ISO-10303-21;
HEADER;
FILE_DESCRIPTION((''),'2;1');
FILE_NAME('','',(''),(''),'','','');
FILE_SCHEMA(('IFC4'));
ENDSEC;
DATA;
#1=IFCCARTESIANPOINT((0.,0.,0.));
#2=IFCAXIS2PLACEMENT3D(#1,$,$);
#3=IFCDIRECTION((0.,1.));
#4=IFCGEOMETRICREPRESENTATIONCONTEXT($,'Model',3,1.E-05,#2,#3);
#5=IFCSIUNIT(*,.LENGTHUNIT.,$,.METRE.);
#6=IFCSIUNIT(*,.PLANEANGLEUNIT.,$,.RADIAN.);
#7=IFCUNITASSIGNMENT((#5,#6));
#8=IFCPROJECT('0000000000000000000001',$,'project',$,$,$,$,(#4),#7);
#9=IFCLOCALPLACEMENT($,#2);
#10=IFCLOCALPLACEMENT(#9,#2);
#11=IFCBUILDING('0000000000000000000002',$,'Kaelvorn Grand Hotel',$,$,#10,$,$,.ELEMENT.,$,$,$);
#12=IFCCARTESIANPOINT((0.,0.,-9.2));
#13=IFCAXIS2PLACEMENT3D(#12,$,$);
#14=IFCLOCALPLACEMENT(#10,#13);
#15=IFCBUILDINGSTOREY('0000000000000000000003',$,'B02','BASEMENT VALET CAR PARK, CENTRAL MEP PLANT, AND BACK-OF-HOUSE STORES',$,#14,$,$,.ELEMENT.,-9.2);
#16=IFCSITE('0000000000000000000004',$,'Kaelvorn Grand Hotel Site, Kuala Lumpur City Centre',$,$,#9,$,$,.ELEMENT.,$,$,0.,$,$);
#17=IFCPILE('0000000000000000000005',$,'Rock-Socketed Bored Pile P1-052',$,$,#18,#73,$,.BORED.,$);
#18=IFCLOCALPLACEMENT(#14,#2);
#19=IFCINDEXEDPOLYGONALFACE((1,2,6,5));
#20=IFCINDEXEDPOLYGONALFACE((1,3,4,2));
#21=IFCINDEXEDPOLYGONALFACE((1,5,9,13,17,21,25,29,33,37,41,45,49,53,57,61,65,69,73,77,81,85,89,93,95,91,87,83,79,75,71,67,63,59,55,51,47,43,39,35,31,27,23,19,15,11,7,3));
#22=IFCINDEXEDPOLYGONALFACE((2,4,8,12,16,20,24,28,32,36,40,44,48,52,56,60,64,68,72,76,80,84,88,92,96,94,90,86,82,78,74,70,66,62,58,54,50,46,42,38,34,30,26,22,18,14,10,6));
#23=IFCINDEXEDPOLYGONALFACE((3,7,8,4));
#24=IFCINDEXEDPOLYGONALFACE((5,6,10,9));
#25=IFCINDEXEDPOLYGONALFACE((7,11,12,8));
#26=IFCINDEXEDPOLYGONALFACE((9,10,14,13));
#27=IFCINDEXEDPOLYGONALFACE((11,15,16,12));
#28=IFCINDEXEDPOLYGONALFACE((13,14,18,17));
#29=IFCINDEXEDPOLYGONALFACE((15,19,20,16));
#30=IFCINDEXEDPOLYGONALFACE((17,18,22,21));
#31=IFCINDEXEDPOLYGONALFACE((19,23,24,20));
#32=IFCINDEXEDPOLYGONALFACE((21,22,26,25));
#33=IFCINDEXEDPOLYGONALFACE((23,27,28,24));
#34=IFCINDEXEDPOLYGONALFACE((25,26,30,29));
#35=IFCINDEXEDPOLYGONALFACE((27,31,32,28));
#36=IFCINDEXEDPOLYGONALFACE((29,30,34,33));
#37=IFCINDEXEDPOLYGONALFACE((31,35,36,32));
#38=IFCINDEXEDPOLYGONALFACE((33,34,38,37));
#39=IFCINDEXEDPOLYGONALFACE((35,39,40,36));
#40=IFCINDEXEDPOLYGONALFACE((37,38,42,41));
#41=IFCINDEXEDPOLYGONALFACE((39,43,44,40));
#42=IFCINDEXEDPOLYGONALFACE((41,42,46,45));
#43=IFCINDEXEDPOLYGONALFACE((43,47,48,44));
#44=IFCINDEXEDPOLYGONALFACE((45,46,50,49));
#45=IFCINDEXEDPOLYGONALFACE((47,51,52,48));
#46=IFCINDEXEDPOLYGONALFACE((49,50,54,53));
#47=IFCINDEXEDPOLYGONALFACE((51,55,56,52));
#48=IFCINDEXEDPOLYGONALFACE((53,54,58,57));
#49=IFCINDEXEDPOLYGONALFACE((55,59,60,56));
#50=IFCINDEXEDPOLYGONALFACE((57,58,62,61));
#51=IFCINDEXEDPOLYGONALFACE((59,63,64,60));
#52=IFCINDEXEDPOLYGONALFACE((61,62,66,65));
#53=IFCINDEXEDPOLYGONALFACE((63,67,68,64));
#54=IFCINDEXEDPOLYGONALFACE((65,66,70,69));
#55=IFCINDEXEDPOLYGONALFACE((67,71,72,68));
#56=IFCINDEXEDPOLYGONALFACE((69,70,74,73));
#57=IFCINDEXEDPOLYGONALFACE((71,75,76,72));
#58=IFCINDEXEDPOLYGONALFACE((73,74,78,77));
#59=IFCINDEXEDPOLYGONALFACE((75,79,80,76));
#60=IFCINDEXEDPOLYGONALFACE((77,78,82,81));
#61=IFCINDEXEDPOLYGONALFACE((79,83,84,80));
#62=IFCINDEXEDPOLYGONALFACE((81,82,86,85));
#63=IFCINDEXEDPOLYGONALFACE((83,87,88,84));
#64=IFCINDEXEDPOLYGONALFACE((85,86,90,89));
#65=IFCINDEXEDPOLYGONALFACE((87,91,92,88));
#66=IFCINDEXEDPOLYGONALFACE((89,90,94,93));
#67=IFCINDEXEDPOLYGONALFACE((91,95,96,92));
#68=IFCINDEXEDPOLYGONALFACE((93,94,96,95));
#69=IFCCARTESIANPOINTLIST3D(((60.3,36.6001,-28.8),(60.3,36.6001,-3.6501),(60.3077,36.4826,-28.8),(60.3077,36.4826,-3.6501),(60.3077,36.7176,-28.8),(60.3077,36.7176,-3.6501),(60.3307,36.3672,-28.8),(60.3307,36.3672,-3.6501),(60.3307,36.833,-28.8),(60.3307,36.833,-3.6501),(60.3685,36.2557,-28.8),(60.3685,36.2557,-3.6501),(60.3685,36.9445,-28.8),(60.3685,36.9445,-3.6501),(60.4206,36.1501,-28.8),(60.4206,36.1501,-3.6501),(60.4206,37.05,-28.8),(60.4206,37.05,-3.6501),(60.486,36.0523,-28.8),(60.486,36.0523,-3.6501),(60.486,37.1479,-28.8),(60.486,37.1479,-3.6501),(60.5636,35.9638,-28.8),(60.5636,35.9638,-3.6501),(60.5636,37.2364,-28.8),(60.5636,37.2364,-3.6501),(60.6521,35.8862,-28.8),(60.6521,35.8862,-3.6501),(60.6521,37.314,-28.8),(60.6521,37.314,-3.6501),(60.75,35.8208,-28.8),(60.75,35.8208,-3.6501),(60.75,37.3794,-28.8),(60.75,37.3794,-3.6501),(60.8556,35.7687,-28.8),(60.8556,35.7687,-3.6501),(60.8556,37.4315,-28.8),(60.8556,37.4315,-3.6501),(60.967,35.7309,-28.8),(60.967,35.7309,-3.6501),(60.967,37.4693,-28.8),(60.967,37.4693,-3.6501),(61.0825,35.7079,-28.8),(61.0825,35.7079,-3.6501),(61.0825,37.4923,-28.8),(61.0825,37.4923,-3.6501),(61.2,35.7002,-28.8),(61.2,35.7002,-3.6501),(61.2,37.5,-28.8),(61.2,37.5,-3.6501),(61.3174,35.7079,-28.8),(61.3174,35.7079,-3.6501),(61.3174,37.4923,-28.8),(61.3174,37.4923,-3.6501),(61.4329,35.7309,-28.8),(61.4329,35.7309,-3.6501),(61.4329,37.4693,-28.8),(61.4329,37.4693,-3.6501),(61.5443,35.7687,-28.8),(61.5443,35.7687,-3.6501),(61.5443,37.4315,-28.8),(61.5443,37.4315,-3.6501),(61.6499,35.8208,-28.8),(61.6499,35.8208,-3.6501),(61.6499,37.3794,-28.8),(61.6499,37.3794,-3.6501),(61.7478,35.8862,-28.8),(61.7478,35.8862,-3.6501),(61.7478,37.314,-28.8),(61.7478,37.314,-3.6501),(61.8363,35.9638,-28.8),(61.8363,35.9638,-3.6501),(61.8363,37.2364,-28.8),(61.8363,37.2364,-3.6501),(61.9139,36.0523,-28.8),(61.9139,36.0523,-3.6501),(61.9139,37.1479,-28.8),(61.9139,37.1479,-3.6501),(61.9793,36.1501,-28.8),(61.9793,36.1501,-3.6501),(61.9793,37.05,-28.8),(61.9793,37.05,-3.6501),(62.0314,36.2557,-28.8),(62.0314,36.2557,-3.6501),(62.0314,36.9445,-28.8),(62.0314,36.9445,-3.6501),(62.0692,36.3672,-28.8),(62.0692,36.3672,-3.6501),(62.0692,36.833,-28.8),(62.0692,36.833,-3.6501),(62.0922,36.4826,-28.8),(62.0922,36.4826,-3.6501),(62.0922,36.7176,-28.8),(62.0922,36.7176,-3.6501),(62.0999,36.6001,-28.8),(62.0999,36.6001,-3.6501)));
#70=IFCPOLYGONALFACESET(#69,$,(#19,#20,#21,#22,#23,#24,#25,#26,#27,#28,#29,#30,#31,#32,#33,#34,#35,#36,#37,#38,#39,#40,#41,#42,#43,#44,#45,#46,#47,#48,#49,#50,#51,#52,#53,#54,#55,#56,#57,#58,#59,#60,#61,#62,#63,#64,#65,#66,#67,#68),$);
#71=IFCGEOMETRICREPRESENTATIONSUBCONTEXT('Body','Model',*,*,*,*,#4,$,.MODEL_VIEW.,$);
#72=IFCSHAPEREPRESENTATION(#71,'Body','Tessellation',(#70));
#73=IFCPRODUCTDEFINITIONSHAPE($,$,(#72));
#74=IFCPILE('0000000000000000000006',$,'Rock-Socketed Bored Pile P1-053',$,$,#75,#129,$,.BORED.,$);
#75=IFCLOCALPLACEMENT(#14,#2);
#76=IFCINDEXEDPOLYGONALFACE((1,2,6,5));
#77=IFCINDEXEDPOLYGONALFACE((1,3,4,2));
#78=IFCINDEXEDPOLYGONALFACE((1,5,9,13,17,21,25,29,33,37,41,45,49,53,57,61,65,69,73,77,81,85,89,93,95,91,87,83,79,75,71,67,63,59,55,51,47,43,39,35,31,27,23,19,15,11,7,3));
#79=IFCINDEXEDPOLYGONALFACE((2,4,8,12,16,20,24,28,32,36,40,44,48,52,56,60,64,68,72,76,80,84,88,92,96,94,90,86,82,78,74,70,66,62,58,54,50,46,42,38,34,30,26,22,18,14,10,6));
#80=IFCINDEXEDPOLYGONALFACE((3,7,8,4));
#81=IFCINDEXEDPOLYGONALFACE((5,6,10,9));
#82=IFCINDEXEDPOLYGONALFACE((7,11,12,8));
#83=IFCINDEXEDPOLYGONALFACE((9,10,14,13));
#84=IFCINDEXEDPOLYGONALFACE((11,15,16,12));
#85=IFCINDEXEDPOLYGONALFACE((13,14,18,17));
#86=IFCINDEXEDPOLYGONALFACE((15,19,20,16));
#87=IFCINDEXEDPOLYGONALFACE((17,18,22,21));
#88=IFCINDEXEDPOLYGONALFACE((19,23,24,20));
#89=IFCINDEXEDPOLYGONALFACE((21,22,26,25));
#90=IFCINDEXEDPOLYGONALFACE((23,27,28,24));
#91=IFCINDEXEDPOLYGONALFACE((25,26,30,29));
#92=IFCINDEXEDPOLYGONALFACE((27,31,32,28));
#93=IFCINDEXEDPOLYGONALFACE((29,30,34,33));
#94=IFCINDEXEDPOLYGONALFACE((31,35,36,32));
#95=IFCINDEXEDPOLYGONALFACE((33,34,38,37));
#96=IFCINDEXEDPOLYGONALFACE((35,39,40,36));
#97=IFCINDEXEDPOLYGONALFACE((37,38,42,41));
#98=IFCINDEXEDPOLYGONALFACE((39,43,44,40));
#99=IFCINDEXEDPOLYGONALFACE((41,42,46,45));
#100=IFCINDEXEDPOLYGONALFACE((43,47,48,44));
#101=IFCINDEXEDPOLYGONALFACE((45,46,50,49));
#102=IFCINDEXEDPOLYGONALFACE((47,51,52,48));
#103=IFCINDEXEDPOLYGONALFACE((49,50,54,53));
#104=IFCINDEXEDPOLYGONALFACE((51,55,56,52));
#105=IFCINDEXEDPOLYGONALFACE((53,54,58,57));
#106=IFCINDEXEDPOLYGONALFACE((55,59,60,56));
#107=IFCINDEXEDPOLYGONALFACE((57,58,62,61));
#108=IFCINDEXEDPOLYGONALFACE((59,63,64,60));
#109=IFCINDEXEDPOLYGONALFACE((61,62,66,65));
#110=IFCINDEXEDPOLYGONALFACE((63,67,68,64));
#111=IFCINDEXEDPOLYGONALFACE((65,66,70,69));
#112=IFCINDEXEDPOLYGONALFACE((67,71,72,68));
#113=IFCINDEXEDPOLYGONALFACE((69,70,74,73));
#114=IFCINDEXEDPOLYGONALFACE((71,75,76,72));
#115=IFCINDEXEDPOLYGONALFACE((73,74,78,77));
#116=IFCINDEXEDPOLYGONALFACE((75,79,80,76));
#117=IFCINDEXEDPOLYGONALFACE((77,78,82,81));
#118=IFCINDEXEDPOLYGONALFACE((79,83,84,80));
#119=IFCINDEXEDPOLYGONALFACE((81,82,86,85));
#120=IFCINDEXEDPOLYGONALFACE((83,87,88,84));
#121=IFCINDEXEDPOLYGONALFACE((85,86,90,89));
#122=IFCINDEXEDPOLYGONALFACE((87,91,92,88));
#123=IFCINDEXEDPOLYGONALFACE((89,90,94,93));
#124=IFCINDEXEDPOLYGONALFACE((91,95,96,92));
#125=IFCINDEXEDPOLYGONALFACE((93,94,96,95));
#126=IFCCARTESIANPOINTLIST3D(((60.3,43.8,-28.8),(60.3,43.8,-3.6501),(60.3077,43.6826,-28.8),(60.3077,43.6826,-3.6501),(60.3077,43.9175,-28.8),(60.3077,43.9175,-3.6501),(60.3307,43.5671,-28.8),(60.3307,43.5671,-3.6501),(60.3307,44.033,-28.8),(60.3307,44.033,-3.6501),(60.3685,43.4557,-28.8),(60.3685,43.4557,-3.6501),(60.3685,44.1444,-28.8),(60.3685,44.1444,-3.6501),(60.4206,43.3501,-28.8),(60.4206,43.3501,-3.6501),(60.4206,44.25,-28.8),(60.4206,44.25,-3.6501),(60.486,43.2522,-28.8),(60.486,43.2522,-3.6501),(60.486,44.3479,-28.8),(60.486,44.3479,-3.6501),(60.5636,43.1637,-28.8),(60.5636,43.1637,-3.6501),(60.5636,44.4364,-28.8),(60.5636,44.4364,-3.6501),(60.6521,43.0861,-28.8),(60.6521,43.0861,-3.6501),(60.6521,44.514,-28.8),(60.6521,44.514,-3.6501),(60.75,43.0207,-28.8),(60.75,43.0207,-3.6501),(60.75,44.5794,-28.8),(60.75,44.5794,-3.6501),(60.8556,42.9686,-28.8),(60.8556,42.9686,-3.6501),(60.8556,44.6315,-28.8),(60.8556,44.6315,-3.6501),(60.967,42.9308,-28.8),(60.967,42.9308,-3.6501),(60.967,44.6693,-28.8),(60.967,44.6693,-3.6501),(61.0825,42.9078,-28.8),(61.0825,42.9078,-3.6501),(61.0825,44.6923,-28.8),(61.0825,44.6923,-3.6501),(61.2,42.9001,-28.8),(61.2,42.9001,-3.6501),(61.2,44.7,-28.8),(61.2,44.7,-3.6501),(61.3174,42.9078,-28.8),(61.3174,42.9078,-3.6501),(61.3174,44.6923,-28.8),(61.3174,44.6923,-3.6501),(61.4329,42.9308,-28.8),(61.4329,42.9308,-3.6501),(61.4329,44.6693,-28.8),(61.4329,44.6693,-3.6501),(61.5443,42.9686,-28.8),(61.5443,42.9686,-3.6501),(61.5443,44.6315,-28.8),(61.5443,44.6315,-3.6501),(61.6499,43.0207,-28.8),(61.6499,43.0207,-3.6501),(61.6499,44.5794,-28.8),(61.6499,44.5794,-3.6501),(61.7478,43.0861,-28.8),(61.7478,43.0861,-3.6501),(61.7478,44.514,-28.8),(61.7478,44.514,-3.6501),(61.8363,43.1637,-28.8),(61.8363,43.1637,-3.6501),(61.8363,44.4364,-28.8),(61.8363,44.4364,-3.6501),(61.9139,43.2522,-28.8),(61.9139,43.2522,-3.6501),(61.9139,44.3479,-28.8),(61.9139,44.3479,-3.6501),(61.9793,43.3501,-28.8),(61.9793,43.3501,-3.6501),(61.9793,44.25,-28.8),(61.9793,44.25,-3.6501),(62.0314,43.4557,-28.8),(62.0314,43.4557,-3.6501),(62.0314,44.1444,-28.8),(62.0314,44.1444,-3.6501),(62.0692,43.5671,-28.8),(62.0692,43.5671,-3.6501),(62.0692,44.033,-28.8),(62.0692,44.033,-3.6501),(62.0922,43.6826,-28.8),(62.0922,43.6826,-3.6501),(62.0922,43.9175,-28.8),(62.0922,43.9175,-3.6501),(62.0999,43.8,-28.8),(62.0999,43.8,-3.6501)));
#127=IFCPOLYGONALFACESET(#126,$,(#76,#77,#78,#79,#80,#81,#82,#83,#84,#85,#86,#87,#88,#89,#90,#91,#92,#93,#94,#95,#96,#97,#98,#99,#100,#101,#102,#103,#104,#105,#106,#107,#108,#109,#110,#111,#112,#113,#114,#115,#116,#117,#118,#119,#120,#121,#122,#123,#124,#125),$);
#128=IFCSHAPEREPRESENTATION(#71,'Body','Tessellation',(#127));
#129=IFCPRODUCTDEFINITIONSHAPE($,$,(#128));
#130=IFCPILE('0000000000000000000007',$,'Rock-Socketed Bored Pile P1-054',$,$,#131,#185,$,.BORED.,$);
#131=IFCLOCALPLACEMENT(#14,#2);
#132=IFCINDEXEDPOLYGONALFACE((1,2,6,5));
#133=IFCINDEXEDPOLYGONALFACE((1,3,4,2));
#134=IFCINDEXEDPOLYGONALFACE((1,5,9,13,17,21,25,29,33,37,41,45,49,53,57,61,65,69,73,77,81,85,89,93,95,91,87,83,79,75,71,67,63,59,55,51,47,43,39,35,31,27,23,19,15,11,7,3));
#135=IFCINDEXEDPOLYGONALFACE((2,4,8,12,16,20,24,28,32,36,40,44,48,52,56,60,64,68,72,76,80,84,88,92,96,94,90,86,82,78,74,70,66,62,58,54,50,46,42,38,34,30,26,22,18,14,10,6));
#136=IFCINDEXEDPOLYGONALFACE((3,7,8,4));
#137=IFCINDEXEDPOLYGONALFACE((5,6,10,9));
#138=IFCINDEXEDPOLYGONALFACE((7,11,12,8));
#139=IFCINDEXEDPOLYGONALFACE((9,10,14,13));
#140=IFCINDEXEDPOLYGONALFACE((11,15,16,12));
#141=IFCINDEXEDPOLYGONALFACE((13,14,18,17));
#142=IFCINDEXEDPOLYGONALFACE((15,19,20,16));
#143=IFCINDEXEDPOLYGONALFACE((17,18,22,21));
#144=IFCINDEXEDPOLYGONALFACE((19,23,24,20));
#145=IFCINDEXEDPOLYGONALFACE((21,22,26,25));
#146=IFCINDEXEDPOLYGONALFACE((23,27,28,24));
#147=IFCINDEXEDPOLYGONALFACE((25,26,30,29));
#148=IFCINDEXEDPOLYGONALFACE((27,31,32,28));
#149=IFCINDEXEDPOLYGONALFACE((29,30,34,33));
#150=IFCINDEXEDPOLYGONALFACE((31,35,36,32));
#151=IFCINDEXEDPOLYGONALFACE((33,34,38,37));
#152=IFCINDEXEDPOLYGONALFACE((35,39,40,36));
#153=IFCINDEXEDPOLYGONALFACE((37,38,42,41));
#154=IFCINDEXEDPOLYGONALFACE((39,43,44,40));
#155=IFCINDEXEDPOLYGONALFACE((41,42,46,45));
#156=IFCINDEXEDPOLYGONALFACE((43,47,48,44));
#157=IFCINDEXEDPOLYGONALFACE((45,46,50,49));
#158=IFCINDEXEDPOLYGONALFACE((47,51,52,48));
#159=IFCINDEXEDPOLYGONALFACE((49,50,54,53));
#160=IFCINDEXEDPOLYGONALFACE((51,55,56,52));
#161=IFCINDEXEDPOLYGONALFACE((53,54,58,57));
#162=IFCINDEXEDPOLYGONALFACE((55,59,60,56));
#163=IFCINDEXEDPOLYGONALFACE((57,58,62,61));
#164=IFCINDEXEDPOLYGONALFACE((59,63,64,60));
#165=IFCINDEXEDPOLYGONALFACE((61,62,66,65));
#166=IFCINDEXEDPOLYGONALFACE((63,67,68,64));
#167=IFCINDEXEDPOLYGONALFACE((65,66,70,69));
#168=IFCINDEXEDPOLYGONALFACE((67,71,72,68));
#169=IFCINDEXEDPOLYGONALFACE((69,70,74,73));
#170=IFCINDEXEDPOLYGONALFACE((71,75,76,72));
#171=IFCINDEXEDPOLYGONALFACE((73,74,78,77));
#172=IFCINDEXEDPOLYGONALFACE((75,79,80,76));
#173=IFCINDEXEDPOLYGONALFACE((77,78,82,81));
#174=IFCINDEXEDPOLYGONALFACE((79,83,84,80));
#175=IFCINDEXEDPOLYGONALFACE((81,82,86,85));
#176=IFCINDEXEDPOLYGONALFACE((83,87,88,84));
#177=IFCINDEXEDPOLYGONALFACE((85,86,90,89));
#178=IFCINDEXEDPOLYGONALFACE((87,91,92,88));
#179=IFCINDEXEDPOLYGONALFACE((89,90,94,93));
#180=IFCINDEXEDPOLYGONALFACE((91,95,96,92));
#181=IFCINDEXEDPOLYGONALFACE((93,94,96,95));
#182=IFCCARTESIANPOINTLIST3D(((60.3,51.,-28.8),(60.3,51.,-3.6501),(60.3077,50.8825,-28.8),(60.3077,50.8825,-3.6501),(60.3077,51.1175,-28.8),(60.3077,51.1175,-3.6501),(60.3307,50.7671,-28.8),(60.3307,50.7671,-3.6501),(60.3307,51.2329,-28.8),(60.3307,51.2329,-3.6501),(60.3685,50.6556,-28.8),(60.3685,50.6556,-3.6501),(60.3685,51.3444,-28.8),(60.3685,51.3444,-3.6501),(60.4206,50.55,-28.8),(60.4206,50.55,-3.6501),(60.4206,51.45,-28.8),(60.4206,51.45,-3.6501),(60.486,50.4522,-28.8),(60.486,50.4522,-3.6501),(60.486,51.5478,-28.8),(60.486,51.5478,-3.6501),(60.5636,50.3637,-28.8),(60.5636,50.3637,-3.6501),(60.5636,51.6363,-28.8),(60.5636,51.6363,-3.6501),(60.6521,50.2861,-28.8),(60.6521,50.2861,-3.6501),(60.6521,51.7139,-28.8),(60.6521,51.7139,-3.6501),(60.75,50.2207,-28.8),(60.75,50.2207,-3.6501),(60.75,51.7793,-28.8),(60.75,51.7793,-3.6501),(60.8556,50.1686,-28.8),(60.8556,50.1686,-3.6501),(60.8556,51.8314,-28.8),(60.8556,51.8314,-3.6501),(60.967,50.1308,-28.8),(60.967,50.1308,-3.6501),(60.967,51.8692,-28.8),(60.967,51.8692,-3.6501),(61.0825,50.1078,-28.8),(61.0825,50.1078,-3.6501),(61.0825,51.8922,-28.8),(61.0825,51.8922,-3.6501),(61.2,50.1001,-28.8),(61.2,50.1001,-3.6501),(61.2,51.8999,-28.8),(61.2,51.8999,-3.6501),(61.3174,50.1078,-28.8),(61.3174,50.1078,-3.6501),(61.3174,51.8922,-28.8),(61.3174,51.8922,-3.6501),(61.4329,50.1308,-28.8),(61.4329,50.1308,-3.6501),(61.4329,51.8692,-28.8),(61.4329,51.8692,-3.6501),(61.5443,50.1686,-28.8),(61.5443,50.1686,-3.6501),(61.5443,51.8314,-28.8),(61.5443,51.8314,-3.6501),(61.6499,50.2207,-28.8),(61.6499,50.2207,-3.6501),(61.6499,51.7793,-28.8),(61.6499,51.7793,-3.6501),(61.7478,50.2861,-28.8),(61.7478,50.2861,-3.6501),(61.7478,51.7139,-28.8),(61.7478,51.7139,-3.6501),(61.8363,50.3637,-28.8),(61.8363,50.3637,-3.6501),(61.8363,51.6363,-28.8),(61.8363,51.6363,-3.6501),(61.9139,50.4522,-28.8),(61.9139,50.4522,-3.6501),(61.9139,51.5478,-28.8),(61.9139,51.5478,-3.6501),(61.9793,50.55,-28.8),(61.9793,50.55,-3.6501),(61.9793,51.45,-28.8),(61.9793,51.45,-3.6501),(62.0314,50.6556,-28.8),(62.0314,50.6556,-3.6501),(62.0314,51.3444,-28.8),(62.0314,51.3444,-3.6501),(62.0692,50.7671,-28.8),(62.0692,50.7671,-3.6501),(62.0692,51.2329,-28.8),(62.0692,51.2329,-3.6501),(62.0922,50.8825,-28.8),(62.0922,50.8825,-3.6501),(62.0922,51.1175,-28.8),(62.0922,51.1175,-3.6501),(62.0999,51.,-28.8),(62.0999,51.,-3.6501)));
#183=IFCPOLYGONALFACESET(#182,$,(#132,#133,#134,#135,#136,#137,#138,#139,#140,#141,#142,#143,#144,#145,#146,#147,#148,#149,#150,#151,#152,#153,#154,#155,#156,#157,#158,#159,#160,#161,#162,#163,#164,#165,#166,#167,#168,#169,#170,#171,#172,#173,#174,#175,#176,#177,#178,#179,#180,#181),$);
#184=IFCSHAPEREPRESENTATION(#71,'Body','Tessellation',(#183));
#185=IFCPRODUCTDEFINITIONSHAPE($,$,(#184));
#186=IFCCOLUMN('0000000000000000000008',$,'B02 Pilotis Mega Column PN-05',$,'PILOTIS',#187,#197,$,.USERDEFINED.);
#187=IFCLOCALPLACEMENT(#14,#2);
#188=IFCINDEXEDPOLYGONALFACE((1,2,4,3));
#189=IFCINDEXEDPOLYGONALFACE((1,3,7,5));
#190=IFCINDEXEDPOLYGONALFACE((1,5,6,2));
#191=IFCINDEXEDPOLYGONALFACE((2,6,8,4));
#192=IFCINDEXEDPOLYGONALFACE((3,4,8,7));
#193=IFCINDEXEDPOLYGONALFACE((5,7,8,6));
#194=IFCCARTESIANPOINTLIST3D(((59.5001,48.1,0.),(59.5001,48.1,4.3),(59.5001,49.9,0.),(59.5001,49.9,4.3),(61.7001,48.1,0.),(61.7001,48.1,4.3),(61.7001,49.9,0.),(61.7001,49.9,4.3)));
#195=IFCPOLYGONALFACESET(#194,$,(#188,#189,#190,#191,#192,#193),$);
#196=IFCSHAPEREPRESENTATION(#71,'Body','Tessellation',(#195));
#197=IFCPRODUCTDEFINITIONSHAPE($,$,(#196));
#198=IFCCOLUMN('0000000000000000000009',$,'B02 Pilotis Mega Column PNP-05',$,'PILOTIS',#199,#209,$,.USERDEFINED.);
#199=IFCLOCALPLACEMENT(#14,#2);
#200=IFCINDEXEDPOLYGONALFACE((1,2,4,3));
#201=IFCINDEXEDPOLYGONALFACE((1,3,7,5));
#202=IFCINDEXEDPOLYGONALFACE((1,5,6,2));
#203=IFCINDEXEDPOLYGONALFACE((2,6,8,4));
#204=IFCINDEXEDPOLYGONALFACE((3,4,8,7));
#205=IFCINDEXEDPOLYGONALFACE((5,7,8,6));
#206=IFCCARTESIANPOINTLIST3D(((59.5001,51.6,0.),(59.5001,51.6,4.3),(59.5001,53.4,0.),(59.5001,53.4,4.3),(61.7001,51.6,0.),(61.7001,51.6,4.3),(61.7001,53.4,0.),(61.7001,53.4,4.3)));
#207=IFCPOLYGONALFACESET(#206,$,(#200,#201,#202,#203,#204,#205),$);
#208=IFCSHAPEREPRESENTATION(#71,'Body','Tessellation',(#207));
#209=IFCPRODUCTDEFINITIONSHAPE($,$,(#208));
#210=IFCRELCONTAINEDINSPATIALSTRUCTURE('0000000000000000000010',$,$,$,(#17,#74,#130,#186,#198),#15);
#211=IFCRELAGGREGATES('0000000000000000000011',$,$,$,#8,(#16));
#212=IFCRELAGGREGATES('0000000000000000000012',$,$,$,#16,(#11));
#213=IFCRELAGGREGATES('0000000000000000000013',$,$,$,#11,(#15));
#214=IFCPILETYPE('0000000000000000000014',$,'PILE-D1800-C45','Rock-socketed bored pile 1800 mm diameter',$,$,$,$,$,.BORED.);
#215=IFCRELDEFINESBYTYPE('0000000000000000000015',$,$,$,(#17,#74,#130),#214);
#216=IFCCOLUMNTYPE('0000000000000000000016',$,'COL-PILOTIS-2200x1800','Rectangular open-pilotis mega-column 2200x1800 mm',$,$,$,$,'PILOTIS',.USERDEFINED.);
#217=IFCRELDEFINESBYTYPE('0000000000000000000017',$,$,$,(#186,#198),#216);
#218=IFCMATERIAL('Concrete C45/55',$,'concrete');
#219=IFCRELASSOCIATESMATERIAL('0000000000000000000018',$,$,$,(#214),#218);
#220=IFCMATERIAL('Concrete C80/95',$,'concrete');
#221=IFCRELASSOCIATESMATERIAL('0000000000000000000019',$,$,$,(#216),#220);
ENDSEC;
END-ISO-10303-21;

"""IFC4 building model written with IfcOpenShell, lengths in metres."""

from ifc_helpers import new_model, si_unit, direction, frame, origin, origin_2d, place, context, subcontext, project, spatial, rectangle, circle, extrude, material, material_profile, profile_set, type_object, element, save


model = new_model("IFC4")

# Units and contexts
model_context = context("Model", 3, precision=1e-05, world=origin(), true_north=direction((0.0, 1.0)))
body_context = subcontext(model_context, "Body", "Model", "MODEL_VIEW")
ifc_project = project(units=[si_unit("LENGTHUNIT", "METRE"), si_unit("PLANEANGLEUNIT", "RADIAN")], contexts=[model_context])

# Site, building, storey
site_placement = place(None, origin())
site = spatial("IfcSite", under=ifc_project, at=site_placement, Name="Kaelvorn Grand Hotel Site, Kuala Lumpur City Centre", CompositionType="ELEMENT", RefElevation=0.0)
building_placement = place(site_placement, origin())
building = spatial("IfcBuilding", under=site, at=building_placement, Name="Kaelvorn Grand Hotel", CompositionType="ELEMENT")
storey_placement = place(building_placement, frame((0.0, 0.0, -9.2)))
storey = spatial("IfcBuildingStorey", under=building, at=storey_placement, Name="B02", Description="BASEMENT VALET CAR PARK, CENTRAL MEP PLANT, AND BACK-OF-HOUSE STORES", CompositionType="ELEMENT", Elevation=-9.2)

# Piles
ifc_material_1 = material(Name="Concrete C45/55", Category="concrete")
ifc_material_profile_1 = material_profile(ifc_material_1, circle(Radius=0.8999, at=origin_2d()), Name="BORED PILE D1800")
ifc_profile_set_1 = profile_set([ifc_material_profile_1], Name="Concrete C45/55")
pile_type = type_object("IfcPileType", Name="PILE-D1800-C45", Description="Rock-socketed bored pile 1800 mm diameter", PredefinedType="BORED", material=ifc_profile_set_1)
for number, where, z_axis, x_axis, name in (
    (1, (61.2, 36.6001, -3.6501), (0.0, 0.0, -1.0), (1.0, 0.0, 0.0), "Rock-Socketed Bored Pile P1-052"),
    (2, (61.2, 43.8, -3.6501), (0.0, 0.0, -1.0), (1.0, 0.0, 0.0), "Rock-Socketed Bored Pile P1-053"),
    (3, (61.2, 51.0, -3.6501), (0.0, 0.0, -1.0), (1.0, 0.0, 0.0), "Rock-Socketed Bored Pile P1-054"),
):
    element("IfcPile", number, at=place(storey_placement, frame(where, z_axis=z_axis, x_axis=x_axis)), inside=storey, type_object=pile_type, Name=name, PredefinedType="BORED", context=body_context, shape_type="SweptSolid", body=[
        extrude(circle(Radius=0.8999, at=origin_2d()), origin(), (0.0, 0.0, 1.0), 25.1499),
    ])

# Columns
ifc_material_2 = material(Name="Concrete C80/95", Category="concrete")
ifc_material_profile_2 = material_profile(ifc_material_2, rectangle(XDim=2.2, YDim=1.8, at=origin_2d()), Name="PILOTIS 2200x1800")
ifc_profile_set_2 = profile_set([ifc_material_profile_2], Name="Concrete C80/95")
column_type = type_object("IfcColumnType", Name="COL-PILOTIS-2200x1800", Description="Rectangular open-pilotis mega-column 2200x1800 mm", ElementType="PILOTIS", PredefinedType="USERDEFINED", material=ifc_profile_set_2)
for number, where, z_axis, x_axis, name in (
    (4, (60.6001, 49.0, 0.0), (0.0, 0.0, 1.0), (1.0, 0.0, 0.0), "B02 Pilotis Mega Column PN-05"),
    (5, (60.6001, 52.5, 0.0), (0.0, 0.0, 1.0), (1.0, 0.0, 0.0), "B02 Pilotis Mega Column PNP-05"),
):
    element("IfcColumn", number, at=place(storey_placement, frame(where, z_axis=z_axis, x_axis=x_axis)), inside=storey, type_object=column_type, Name=name, ObjectType="PILOTIS", PredefinedType="USERDEFINED", context=body_context, shape_type="SweptSolid", body=[
        extrude(rectangle(XDim=2.2, YDim=1.8, at=origin_2d()), origin(), (0.0, 0.0, 1.0), 4.3),
    ])

save(model, "model.ifc")
